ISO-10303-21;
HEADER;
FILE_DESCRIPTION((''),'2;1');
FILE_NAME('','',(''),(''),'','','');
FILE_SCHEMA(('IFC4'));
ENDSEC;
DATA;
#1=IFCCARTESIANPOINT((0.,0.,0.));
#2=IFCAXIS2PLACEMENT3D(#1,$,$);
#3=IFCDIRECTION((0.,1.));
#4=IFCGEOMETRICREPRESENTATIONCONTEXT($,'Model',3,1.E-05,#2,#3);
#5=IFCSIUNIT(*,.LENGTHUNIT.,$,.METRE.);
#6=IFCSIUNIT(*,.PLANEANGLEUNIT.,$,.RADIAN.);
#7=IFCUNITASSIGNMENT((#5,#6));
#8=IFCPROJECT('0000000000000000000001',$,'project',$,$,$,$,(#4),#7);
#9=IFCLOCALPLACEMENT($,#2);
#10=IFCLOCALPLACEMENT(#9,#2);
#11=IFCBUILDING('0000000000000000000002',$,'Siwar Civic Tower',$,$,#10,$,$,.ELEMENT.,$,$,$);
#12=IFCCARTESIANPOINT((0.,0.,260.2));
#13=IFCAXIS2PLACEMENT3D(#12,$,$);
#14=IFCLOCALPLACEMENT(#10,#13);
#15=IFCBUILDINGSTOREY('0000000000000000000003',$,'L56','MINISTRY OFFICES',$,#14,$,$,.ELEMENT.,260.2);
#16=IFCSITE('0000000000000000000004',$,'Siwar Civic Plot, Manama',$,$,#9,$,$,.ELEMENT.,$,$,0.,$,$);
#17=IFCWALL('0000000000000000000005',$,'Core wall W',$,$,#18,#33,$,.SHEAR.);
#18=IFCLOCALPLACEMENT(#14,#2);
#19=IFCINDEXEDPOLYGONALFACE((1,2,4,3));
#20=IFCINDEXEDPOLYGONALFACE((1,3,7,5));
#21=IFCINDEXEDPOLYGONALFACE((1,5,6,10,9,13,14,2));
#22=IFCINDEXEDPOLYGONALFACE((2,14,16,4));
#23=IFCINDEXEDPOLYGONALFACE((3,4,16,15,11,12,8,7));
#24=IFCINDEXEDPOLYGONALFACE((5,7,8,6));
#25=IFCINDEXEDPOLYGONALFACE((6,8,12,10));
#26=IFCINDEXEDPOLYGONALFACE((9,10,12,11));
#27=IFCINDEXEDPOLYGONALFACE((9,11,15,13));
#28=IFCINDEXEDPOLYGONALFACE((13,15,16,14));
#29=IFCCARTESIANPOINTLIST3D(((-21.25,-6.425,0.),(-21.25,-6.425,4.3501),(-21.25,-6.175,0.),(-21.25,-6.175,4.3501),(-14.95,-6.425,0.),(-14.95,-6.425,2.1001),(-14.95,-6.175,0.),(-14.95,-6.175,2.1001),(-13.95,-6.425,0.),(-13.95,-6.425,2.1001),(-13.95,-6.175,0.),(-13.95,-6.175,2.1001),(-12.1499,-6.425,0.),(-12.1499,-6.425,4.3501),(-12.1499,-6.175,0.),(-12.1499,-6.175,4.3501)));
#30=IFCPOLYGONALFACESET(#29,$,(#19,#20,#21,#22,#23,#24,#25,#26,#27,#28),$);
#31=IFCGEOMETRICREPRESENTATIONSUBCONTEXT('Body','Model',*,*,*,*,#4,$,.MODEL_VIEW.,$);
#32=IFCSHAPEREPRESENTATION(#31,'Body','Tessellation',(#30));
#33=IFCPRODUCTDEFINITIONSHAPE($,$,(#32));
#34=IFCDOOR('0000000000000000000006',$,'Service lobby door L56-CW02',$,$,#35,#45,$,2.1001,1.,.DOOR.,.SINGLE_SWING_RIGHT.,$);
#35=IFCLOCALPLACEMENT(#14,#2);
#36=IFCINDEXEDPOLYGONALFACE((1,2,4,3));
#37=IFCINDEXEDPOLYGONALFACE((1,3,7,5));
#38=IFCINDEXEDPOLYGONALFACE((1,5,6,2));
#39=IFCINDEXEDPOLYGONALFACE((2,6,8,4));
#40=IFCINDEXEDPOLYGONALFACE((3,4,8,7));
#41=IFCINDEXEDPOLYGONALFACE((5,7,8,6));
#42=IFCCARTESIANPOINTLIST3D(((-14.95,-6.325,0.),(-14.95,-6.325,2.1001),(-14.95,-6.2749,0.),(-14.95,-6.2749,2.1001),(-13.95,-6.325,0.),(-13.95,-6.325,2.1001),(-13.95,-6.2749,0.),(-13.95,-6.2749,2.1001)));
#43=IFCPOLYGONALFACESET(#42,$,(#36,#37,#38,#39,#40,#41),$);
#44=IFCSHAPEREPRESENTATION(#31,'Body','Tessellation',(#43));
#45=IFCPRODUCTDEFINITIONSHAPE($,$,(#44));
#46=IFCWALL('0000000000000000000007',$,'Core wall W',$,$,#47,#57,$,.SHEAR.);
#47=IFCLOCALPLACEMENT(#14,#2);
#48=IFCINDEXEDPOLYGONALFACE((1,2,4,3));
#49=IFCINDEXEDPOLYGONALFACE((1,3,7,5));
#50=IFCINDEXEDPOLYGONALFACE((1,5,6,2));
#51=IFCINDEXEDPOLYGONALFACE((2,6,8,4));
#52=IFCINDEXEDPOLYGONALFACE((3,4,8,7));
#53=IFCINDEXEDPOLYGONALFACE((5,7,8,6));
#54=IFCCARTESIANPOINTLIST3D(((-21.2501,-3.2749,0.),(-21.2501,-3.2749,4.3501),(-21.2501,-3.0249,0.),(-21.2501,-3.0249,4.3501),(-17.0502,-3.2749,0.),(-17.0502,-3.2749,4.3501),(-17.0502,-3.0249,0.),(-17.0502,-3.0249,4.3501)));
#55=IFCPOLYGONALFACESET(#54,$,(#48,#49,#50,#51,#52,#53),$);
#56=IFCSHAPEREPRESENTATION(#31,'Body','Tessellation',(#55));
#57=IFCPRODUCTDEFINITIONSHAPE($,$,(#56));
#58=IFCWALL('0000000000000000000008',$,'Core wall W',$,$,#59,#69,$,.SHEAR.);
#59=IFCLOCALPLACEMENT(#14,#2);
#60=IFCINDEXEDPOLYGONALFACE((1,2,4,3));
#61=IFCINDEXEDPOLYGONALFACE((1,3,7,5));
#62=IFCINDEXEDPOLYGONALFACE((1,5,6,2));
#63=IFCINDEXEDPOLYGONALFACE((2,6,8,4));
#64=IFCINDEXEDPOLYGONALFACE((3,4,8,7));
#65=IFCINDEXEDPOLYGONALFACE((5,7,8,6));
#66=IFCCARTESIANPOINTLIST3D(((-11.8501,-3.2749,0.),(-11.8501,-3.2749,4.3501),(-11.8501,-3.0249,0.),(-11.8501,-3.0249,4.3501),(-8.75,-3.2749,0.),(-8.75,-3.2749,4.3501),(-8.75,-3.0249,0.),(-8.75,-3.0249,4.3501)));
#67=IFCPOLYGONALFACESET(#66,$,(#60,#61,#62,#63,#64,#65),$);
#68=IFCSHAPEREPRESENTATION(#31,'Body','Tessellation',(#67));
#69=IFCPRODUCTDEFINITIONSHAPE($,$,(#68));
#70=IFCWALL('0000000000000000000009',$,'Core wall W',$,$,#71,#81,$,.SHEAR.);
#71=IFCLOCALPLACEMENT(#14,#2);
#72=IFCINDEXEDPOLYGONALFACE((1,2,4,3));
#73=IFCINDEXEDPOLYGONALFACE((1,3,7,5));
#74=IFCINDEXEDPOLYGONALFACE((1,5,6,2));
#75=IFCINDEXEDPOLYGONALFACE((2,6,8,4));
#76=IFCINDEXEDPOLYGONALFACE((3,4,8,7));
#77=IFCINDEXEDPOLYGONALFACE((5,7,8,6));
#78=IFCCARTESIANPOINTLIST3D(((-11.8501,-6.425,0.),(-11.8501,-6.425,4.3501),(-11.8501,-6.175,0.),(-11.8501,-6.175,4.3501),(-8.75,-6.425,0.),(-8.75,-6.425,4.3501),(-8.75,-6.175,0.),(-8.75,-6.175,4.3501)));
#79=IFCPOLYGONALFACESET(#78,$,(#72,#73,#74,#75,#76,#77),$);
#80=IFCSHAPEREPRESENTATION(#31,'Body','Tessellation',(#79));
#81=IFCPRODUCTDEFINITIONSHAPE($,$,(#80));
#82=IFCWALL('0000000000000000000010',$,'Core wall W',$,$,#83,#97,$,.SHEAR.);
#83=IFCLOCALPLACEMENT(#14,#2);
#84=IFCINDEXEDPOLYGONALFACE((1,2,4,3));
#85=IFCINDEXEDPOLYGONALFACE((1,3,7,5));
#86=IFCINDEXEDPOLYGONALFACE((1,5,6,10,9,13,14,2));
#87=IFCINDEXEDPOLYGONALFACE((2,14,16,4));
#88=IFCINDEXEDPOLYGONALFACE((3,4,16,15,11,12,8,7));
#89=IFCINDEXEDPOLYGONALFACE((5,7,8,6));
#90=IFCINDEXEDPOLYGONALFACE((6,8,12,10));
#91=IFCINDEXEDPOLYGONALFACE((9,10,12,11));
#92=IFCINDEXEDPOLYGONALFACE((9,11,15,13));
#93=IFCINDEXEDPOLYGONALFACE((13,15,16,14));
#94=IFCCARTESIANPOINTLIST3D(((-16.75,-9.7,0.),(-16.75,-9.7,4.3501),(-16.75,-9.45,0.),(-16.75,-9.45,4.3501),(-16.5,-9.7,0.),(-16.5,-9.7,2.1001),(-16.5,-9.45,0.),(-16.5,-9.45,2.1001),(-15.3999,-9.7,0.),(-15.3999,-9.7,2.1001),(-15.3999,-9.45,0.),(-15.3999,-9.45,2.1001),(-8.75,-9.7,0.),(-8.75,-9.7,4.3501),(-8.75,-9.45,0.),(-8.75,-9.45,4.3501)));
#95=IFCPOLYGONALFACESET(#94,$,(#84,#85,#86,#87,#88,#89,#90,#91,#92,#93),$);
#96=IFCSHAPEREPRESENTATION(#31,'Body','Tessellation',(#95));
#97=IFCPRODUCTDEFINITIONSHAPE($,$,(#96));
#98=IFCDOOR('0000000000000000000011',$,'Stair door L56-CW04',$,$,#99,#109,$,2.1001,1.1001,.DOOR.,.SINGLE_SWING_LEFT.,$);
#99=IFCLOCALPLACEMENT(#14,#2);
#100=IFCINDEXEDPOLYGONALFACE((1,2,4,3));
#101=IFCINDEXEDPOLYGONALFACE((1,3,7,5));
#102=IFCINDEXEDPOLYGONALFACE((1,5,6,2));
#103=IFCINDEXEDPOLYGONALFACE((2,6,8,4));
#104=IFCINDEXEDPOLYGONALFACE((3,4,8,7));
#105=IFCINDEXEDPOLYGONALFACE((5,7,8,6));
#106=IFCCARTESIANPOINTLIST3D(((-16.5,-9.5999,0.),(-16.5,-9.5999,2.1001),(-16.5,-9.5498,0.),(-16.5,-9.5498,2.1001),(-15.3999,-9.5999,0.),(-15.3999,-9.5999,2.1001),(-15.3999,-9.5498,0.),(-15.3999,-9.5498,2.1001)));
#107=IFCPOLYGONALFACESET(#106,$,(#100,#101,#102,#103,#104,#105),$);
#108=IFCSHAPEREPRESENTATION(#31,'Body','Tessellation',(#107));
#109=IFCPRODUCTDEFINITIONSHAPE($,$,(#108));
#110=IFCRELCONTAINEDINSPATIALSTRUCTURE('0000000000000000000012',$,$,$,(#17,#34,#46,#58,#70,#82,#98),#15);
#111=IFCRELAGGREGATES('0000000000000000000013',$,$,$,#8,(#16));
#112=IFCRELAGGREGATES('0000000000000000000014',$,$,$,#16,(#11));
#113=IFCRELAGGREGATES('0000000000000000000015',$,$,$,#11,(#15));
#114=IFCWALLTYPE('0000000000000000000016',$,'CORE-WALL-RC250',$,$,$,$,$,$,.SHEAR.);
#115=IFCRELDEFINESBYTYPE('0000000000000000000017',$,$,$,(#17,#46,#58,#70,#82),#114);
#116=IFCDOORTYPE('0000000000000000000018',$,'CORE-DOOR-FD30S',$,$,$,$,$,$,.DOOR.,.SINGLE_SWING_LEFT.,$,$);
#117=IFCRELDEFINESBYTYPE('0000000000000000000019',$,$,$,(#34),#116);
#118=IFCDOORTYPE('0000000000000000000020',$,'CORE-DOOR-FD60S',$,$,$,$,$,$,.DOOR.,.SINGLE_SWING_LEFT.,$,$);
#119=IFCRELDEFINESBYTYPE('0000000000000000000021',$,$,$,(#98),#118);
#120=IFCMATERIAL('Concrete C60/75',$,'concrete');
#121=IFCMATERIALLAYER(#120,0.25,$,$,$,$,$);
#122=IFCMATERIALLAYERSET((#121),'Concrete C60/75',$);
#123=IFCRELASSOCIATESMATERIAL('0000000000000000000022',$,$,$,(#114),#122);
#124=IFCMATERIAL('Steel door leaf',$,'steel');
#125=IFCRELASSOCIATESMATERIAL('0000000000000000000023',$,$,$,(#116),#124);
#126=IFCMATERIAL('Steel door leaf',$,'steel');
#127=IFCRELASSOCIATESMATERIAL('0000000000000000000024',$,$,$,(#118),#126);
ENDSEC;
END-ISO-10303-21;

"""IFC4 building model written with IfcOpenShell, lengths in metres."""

from ifc_helpers import new_model, si_unit, direction, frame, frame_2d, origin, place, context, subcontext, project, spatial, rectangle, extrude, material, layer, layer_set, type_object, element, fill, save


model = new_model("IFC4")

# Units and contexts
model_context = context("Model", 3, precision=1e-05, world=origin(), true_north=direction((0.0, 1.0)))
body_context = subcontext(model_context, "Body", "Model", "MODEL_VIEW")
ifc_project = project(units=[si_unit("LENGTHUNIT", "METRE"), si_unit("PLANEANGLEUNIT", "RADIAN")], contexts=[model_context])

# Site, building, storey
site_placement = place(None, origin())
site = spatial("IfcSite", under=ifc_project, at=site_placement, Name="Siwar Civic Plot, Manama", CompositionType="ELEMENT", RefElevation=0.0)
building_placement = place(site_placement, origin())
building = spatial("IfcBuilding", under=site, at=building_placement, Name="Siwar Civic Tower", CompositionType="ELEMENT")
storey_placement = place(building_placement, frame((0.0, 0.0, 260.2)))
storey = spatial("IfcBuildingStorey", under=building, at=storey_placement, Name="L56", Description="MINISTRY OFFICES", CompositionType="ELEMENT", Elevation=260.2)

# Wall, opening, door
ifc_material_1 = material(Name="Concrete C60/75", Category="concrete")
ifc_layer_1 = layer(ifc_material_1, 0.25)
ifc_layer_set_1 = layer_set([ifc_layer_1], Name="Concrete C60/75")
wall_type_1 = type_object("IfcWallType", Name="CORE-WALL-RC250", PredefinedType="SHEAR", material=ifc_layer_set_1)
wall_1_placement = place(storey_placement, frame((-12.1499, -6.3, 0.0), z_axis=(0.0, 0.0, 1.0), x_axis=(-1.0, 0.0, 0.0)))
wall_1 = element("IfcWall", 1, at=wall_1_placement, inside=storey, type_object=wall_type_1, Name="Core wall W", PredefinedType="SHEAR", context=body_context, shape_type="SweptSolid", body=[
    extrude(rectangle(XDim=9.1001, YDim=0.25, at=frame_2d((4.55, 0.0))), origin(), (0.0, 0.0, 1.0), 4.3501),
])
opening_1_placement = place(wall_1_placement, frame((1.8, 0.0, 0.0)))
opening_1 = element("IfcOpeningElement", 2, at=opening_1_placement, cuts=wall_1, PredefinedType="OPENING", context=body_context, shape_type="SweptSolid", body=[
    extrude(rectangle(XDim=1.0, YDim=2.1001, at=frame_2d((0.5, 1.05))), frame((0.0, 0.135, 0.0), z_axis=(0.0, -1.0, 0.0), x_axis=(1.0, 0.0, 0.0)), (0.0, 0.0, 1.0), 0.27),
])
ifc_material_2 = material(Name="Steel door leaf", Category="steel")
door_type_1 = type_object("IfcDoorType", Name="CORE-DOOR-FD30S", OperationType="SINGLE_SWING_LEFT", PredefinedType="DOOR", material=ifc_material_2)
door_1_placement = place(opening_1_placement, origin())
door_1 = element("IfcDoor", 3, at=door_1_placement, inside=storey, type_object=door_type_1, Name="Service lobby door L56-CW02", OperationType="SINGLE_SWING_RIGHT", OverallHeight=2.1001, OverallWidth=1.0, PredefinedType="DOOR", context=body_context, shape_type="SweptSolid", body=[
    extrude(rectangle(XDim=1.0, YDim=2.1001, at=frame_2d((0.5, 1.05))), frame((0.0, 0.0249, 0.0), z_axis=(0.0, -1.0, 0.0), x_axis=(1.0, 0.0, 0.0)), (0.0, 0.0, 1.0), 0.05),
])
fill(opening_1, door_1)

# Walls
wall_2_placement = place(storey_placement, frame((-17.05, -3.1499, 0.0), z_axis=(0.0, 0.0, 1.0), x_axis=(-1.0, 0.0, 0.0)))
element("IfcWall", 4, at=wall_2_placement, inside=storey, type_object=wall_type_1, Name="Core wall W", PredefinedType="SHEAR", context=body_context, shape_type="SweptSolid", body=[
    extrude(rectangle(XDim=4.2, YDim=0.25, at=frame_2d((2.1001, 0.0))), origin(), (0.0, 0.0, 1.0), 4.3501),
])
for number, where, z_axis, x_axis, name in (
    (5, (-8.75, -3.1499, 0.0), (0.0, 0.0, 1.0), (-1.0, 0.0, 0.0), "Core wall W"),
    (6, (-8.75, -6.3, 0.0), (0.0, 0.0, 1.0), (-1.0, 0.0, 0.0), "Core wall W"),
):
    element("IfcWall", number, at=place(storey_placement, frame(where, z_axis=z_axis, x_axis=x_axis)), inside=storey, type_object=wall_type_1, Name=name, PredefinedType="SHEAR", context=body_context, shape_type="SweptSolid", body=[
        extrude(rectangle(XDim=3.1001, YDim=0.25, at=frame_2d((1.55, 0.0))), origin(), (0.0, 0.0, 1.0), 4.3501),
    ])

# Wall, opening, door
wall_3_placement = place(storey_placement, frame((-8.75, -9.575, 0.0), z_axis=(0.0, 0.0, 1.0), x_axis=(-1.0, 0.0, 0.0)))
wall_3 = element("IfcWall", 7, at=wall_3_placement, inside=storey, type_object=wall_type_1, Name="Core wall W", PredefinedType="SHEAR", context=body_context, shape_type="SweptSolid", body=[
    extrude(rectangle(XDim=8.0, YDim=0.25, at=frame_2d((4.0, 0.0))), origin(), (0.0, 0.0, 1.0), 4.3501),
])
opening_2_placement = place(wall_3_placement, frame((6.6499, 0.0, 0.0)))
opening_2 = element("IfcOpeningElement", 8, at=opening_2_placement, cuts=wall_3, PredefinedType="OPENING", context=body_context, shape_type="SweptSolid", body=[
    extrude(rectangle(XDim=1.1001, YDim=2.1001, at=frame_2d((0.55, 1.05))), frame((0.0, 0.135, 0.0), z_axis=(0.0, -1.0, 0.0), x_axis=(1.0, 0.0, 0.0)), (0.0, 0.0, 1.0), 0.27),
])
ifc_material_3 = material(Name="Steel door leaf", Category="steel")
door_type_2 = type_object("IfcDoorType", Name="CORE-DOOR-FD60S", OperationType="SINGLE_SWING_LEFT", PredefinedType="DOOR", material=ifc_material_3)
door_2_placement = place(opening_2_placement, origin())
door_2 = element("IfcDoor", 9, at=door_2_placement, inside=storey, type_object=door_type_2, Name="Stair door L56-CW04", OperationType="SINGLE_SWING_LEFT", OverallHeight=2.1001, OverallWidth=1.1001, PredefinedType="DOOR", context=body_context, shape_type="SweptSolid", body=[
    extrude(rectangle(XDim=1.1001, YDim=2.1001, at=frame_2d((0.55, 1.05))), frame((0.0, 0.0249, 0.0), z_axis=(0.0, -1.0, 0.0), x_axis=(1.0, 0.0, 0.0)), (0.0, 0.0, 1.0), 0.05),
])
fill(opening_2, door_2)

save(model, "model.ifc")
